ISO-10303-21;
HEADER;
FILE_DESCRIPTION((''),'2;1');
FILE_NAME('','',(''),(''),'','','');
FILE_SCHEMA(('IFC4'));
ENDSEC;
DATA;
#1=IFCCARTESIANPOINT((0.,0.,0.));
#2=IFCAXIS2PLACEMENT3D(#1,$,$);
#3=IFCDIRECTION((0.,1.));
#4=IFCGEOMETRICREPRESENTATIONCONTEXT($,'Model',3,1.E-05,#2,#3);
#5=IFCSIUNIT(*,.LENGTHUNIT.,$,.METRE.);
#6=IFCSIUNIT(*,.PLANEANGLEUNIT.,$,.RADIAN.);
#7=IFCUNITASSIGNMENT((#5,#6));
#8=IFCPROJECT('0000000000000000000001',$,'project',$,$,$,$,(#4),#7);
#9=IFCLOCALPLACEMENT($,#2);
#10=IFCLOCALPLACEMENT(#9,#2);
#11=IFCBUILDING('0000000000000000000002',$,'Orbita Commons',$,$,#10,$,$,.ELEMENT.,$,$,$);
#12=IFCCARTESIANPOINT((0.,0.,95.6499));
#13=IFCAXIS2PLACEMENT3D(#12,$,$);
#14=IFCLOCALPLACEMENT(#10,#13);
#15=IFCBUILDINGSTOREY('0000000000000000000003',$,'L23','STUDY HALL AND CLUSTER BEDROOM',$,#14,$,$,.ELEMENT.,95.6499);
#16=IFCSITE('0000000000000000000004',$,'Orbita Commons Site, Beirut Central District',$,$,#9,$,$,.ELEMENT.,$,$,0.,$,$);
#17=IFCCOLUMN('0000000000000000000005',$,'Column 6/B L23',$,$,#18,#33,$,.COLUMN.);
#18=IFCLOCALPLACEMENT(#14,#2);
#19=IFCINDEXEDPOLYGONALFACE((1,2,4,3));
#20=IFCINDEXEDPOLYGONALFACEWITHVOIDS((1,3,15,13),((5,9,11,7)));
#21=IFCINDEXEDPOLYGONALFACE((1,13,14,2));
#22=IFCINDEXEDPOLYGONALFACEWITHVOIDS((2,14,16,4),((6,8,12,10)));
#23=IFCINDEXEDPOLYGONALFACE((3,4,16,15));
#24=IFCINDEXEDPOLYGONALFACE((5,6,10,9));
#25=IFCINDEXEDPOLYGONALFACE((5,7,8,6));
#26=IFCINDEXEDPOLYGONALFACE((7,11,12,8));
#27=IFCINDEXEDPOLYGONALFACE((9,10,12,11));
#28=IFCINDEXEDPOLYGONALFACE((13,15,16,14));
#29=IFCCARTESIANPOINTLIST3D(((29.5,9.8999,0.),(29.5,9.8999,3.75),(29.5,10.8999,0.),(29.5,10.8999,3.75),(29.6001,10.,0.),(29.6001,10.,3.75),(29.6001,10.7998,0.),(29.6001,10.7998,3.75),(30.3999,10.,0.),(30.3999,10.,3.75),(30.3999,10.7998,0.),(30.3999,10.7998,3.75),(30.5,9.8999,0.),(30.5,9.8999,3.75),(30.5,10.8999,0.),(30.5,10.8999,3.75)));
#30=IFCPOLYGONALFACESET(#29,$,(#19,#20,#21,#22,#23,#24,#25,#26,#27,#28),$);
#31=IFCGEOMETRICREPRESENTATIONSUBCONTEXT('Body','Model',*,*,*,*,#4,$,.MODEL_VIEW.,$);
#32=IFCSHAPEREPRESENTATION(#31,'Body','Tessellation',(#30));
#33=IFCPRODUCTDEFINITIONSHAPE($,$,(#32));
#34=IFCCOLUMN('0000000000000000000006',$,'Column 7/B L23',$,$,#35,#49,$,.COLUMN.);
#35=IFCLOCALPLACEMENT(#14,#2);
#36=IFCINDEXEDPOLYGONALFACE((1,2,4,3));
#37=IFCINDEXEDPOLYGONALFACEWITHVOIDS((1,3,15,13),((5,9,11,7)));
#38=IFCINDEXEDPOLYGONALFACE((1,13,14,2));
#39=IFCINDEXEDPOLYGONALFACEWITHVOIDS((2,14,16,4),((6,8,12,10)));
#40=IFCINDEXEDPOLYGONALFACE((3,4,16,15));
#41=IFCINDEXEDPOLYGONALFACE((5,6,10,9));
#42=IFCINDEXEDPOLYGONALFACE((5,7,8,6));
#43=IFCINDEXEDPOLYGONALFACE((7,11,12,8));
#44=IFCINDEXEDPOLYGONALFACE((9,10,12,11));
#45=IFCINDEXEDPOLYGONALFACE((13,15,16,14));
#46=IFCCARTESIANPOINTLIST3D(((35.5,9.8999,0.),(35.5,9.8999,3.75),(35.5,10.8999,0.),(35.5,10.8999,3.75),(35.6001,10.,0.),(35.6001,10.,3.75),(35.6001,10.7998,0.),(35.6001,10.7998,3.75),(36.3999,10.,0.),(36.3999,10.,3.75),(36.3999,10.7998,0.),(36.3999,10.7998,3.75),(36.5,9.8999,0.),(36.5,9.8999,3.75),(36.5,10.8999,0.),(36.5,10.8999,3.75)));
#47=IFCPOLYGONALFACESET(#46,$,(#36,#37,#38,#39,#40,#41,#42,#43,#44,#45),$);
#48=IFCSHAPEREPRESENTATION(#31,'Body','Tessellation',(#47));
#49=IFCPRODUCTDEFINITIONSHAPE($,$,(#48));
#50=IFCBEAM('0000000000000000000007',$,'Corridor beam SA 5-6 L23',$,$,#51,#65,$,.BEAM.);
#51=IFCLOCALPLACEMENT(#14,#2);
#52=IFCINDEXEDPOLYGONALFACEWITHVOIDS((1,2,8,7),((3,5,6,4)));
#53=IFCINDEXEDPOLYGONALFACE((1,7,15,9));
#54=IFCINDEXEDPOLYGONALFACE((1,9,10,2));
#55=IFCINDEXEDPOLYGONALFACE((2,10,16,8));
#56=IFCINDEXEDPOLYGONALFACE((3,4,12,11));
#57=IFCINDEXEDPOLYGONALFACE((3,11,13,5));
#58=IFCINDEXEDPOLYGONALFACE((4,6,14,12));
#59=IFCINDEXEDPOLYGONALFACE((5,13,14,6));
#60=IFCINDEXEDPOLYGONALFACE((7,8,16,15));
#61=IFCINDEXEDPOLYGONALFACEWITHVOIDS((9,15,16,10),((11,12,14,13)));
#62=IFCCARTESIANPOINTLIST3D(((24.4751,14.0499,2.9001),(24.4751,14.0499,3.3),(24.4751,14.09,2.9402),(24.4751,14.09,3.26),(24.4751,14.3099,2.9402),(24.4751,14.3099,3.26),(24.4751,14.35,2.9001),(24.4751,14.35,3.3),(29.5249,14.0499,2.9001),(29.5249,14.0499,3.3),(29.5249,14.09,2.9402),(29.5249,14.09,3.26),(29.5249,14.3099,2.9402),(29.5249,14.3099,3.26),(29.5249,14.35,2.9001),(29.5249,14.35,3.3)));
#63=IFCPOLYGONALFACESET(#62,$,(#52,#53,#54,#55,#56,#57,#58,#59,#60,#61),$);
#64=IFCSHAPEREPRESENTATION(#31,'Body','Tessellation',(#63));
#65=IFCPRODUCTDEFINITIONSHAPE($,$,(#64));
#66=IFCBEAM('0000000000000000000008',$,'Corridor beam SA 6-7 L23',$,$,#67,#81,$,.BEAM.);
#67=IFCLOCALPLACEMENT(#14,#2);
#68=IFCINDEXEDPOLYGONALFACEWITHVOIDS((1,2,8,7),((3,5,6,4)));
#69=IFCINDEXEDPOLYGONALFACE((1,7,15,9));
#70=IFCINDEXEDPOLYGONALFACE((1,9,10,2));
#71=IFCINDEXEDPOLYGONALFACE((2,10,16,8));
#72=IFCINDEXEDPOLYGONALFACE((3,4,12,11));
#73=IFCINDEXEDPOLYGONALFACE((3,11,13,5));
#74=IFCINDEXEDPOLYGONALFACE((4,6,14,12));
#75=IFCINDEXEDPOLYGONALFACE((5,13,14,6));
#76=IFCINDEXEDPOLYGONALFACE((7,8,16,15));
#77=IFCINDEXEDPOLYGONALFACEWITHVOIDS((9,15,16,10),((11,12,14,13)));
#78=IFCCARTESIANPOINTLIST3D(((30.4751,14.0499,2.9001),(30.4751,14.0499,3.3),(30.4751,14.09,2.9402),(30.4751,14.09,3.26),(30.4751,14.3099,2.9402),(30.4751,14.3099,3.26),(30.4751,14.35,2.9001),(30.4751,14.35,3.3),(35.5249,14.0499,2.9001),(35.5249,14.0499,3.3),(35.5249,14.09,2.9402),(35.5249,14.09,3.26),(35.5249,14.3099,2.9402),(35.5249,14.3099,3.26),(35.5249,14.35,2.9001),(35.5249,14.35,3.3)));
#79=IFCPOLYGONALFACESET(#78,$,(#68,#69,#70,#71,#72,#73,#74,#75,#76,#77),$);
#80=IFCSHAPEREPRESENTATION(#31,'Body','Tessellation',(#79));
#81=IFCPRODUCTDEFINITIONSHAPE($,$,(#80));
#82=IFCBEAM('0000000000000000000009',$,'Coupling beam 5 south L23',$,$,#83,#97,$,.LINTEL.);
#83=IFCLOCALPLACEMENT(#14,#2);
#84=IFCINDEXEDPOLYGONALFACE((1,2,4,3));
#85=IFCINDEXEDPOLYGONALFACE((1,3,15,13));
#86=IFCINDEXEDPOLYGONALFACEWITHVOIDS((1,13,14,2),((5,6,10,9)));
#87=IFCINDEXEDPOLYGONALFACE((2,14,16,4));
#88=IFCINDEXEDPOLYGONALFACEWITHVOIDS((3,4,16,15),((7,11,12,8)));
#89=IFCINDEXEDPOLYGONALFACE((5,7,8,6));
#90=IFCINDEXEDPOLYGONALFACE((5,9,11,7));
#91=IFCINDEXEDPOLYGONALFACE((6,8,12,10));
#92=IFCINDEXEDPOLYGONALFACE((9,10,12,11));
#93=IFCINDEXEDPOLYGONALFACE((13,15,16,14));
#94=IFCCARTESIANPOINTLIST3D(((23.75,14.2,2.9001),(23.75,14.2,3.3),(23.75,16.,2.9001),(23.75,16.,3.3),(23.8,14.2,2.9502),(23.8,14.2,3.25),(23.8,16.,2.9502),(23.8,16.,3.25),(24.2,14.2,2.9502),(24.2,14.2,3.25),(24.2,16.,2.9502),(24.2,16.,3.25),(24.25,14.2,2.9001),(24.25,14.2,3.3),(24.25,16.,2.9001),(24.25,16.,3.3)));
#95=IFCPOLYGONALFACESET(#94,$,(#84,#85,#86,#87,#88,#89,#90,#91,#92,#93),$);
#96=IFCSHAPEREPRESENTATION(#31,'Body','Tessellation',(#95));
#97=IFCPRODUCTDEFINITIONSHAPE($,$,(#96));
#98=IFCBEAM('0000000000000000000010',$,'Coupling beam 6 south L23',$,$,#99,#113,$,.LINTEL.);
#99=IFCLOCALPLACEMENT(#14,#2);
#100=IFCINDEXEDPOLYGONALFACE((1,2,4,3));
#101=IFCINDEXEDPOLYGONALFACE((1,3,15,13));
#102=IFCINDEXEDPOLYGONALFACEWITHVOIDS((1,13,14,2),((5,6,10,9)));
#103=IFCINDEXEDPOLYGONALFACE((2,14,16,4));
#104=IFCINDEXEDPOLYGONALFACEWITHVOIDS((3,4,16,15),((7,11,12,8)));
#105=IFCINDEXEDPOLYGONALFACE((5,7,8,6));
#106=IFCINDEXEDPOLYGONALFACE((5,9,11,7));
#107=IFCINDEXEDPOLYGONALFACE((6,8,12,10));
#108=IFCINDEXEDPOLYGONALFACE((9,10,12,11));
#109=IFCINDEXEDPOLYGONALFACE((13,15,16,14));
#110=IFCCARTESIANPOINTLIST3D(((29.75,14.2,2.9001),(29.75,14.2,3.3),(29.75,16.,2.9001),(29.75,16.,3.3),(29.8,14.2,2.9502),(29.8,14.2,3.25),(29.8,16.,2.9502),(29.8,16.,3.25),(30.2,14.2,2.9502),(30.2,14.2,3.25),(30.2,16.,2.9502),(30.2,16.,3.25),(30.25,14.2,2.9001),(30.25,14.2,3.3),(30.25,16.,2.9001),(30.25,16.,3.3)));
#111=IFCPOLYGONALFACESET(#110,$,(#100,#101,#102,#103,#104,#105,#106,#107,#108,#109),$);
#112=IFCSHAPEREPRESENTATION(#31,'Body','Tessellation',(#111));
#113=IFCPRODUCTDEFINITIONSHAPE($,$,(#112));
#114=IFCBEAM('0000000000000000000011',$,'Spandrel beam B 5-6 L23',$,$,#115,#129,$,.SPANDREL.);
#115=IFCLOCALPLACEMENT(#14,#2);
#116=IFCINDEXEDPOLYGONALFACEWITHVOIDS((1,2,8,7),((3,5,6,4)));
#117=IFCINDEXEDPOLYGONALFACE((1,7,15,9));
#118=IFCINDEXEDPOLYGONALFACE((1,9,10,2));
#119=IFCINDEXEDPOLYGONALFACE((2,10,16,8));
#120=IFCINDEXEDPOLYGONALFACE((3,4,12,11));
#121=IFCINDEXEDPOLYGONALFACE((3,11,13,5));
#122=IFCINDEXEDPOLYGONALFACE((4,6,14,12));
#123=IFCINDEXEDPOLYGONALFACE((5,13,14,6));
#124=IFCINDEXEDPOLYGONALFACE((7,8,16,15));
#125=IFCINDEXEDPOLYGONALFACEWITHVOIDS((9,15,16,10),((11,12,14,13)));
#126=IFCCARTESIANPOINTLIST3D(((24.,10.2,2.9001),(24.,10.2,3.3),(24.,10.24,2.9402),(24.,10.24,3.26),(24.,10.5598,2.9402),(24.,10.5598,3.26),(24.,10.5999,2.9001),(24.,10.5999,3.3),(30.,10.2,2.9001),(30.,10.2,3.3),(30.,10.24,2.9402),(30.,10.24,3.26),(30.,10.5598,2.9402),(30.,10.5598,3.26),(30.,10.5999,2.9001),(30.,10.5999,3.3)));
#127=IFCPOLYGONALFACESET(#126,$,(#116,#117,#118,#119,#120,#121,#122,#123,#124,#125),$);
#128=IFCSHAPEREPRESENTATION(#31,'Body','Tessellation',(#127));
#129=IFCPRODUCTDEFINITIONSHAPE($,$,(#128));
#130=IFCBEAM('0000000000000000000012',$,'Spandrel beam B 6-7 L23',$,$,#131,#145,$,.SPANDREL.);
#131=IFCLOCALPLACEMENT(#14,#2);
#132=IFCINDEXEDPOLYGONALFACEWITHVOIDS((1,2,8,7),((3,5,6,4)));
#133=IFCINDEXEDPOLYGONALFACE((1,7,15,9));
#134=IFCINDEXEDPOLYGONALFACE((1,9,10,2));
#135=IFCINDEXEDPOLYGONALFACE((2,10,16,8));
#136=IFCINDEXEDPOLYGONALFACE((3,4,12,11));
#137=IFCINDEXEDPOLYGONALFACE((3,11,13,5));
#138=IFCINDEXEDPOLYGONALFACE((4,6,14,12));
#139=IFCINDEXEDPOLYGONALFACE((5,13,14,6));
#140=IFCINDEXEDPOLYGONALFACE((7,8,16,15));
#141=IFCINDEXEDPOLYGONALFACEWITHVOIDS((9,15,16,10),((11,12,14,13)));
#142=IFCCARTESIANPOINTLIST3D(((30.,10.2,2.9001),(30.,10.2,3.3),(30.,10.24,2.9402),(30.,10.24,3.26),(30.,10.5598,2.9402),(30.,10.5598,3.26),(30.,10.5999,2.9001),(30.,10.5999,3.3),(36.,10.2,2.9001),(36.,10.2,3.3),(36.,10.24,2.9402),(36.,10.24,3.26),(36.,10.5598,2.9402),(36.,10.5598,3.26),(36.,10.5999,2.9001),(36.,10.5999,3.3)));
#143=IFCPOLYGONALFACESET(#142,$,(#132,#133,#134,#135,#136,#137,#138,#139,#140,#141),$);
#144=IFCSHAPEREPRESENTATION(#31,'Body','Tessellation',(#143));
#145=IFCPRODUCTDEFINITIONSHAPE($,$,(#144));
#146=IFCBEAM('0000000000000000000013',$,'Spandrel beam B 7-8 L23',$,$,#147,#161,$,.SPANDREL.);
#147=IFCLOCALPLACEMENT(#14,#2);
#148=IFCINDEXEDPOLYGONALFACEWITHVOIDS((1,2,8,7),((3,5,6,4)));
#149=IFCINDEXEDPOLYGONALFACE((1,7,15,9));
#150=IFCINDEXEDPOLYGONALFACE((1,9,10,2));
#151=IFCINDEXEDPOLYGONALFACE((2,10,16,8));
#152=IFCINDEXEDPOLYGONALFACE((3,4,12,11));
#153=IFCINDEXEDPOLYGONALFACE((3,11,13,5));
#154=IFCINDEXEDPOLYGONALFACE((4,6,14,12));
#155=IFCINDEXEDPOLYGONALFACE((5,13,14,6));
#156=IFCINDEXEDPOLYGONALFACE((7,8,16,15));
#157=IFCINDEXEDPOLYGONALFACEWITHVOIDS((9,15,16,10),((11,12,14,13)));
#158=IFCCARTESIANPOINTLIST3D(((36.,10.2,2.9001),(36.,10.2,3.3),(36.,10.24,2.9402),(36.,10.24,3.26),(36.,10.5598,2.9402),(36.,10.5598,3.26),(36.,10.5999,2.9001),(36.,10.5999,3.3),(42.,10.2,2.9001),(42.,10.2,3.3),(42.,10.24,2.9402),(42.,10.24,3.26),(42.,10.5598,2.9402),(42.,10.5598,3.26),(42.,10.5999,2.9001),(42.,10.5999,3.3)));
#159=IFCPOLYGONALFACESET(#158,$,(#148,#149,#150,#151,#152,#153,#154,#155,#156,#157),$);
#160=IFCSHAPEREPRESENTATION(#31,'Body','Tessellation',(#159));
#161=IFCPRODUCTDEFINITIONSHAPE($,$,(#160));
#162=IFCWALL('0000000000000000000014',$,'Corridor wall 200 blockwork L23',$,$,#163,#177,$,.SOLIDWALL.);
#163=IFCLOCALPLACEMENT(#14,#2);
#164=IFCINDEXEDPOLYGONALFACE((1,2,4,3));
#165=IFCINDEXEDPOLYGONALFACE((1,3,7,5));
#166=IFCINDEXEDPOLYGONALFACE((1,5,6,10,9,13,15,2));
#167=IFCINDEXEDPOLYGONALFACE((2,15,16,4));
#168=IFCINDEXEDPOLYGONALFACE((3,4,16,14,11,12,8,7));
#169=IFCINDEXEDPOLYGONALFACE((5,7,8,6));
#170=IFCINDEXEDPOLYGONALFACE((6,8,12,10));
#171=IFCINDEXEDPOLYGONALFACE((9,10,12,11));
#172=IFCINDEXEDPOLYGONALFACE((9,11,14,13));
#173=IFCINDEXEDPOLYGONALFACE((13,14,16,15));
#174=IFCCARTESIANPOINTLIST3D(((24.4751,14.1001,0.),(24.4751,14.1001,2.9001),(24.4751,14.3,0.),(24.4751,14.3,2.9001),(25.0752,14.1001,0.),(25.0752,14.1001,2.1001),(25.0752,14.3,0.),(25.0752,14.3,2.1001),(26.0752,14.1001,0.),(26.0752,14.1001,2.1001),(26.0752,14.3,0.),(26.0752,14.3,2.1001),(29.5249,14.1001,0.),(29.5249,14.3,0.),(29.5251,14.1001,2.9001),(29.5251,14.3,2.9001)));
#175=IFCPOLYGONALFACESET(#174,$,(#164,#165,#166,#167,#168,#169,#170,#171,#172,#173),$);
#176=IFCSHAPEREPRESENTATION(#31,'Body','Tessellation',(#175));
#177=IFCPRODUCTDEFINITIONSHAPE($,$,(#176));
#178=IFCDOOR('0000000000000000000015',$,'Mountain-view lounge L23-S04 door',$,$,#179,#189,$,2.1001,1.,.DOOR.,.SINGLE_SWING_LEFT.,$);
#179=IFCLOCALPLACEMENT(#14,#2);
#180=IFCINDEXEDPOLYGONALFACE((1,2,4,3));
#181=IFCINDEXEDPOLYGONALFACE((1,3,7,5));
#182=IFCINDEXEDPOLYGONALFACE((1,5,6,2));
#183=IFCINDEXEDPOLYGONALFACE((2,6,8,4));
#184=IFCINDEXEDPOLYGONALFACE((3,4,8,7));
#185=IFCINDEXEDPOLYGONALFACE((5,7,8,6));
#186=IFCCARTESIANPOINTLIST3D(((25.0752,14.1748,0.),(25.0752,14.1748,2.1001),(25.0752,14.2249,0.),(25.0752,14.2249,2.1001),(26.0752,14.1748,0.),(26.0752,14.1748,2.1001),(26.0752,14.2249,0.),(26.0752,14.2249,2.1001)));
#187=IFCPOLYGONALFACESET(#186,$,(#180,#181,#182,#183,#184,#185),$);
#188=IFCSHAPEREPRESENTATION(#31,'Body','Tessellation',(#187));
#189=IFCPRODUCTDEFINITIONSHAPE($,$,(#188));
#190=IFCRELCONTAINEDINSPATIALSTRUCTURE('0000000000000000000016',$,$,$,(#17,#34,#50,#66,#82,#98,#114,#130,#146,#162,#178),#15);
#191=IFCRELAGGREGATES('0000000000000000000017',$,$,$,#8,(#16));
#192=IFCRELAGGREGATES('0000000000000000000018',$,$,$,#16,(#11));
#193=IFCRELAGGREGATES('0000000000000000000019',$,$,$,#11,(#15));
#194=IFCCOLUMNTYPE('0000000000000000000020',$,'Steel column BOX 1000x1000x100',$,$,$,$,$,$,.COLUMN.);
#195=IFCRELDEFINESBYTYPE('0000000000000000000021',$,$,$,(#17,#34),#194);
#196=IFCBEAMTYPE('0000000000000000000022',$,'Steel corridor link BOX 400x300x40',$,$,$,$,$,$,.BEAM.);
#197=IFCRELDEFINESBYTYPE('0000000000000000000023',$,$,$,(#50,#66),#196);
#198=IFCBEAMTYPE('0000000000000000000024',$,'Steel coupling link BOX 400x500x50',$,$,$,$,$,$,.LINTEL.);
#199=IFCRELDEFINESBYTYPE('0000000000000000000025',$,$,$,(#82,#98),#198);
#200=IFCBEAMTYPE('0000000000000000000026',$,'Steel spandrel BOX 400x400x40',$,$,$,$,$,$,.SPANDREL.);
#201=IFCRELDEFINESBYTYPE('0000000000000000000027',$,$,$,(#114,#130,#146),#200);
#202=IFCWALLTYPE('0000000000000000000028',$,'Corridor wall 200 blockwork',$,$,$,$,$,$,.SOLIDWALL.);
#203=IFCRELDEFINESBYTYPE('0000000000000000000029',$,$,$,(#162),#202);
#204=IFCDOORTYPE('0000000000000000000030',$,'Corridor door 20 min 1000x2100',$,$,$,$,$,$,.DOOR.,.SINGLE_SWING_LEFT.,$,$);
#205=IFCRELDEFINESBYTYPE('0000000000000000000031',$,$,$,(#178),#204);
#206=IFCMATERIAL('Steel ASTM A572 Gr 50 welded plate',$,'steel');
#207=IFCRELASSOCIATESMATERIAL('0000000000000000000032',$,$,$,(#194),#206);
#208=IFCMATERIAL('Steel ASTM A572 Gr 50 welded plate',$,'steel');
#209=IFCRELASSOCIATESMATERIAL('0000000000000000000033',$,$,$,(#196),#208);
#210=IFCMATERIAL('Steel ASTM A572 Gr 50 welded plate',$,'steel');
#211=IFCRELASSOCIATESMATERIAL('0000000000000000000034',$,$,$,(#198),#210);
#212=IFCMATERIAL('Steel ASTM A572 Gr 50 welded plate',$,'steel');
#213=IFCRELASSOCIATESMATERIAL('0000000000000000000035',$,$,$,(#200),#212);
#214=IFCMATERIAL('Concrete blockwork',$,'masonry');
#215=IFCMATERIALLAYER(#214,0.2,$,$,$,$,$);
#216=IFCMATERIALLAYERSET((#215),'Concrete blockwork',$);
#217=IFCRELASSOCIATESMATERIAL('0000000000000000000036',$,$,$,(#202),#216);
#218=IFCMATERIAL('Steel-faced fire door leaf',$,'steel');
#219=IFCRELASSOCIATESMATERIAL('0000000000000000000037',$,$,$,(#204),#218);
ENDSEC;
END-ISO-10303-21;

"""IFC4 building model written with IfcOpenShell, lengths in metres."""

from ifc_helpers import new_model, si_unit, direction, frame, frame_2d, origin, origin_2d, place, context, subcontext, project, spatial, polyline, rectangle, hollow_rectangle, outline, extrude, material, layer, layer_set, material_profile, profile_set, type_object, element, fill, save


model = new_model("IFC4")

# Units and contexts
model_context = context("Model", 3, precision=1e-05, world=origin(), true_north=direction((0.0, 1.0)))
body_context = subcontext(model_context, "Body", "Model", "MODEL_VIEW")
ifc_project = project(units=[si_unit("LENGTHUNIT", "METRE"), si_unit("PLANEANGLEUNIT", "RADIAN")], contexts=[model_context])

# Site, building, storey
site_placement = place(None, origin())
site = spatial("IfcSite", under=ifc_project, at=site_placement, Name="Orbita Commons Site, Beirut Central District", CompositionType="ELEMENT", RefElevation=0.0)
building_placement = place(site_placement, origin())
building = spatial("IfcBuilding", under=site, at=building_placement, Name="Orbita Commons", CompositionType="ELEMENT")
storey_placement = place(building_placement, frame((0.0, 0.0, 95.6499)))
storey = spatial("IfcBuildingStorey", under=building, at=storey_placement, Name="L23", Description="STUDY HALL AND CLUSTER BEDROOM", CompositionType="ELEMENT", Elevation=95.6499)

# Columns
ifc_material_1 = material(Name="Steel ASTM A572 Gr 50 welded plate", Category="steel")
ifc_material_profile_1 = material_profile(ifc_material_1, hollow_rectangle(XDim=1.0, YDim=1.0, WallThickness=0.1001, at=origin_2d()), Name="BOX 1000x1000x100")
ifc_profile_set_1 = profile_set([ifc_material_profile_1], Name="Steel ASTM A572 Gr 50 welded plate")
column_type = type_object("IfcColumnType", Name="Steel column BOX 1000x1000x100", PredefinedType="COLUMN", material=ifc_profile_set_1)
for number, where, z_axis, x_axis, name in (
    (1, (30.0, 10.3999, 0.0), (0.0, 0.0, 1.0), (1.0, 0.0, 0.0), "Column 6/B L23"),
    (2, (36.0, 10.3999, 0.0), (0.0, 0.0, 1.0), (1.0, 0.0, 0.0), "Column 7/B L23"),
):
    element("IfcColumn", number, at=place(storey_placement, frame(where, z_axis=z_axis, x_axis=x_axis)), inside=storey, type_object=column_type, Name=name, PredefinedType="COLUMN", context=body_context, shape_type="SweptSolid", body=[
        extrude(hollow_rectangle(XDim=1.0, YDim=1.0, WallThickness=0.1001, at=origin_2d()), origin(), (0.0, 0.0, 1.0), 3.75),
    ])

# Beams
ifc_material_2 = material(Name="Steel ASTM A572 Gr 50 welded plate", Category="steel")
ifc_material_profile_2 = material_profile(ifc_material_2, hollow_rectangle(XDim=0.3, YDim=0.3999, WallThickness=0.04, at=origin_2d()), Name="BOX 400x300x40")
ifc_profile_set_2 = profile_set([ifc_material_profile_2], Name="Steel ASTM A572 Gr 50 welded plate")
beam_type_1 = type_object("IfcBeamType", Name="Steel corridor link BOX 400x300x40", PredefinedType="BEAM", material=ifc_profile_set_2)
for number, where, z_axis, x_axis, name in (
    (3, (24.4751, 14.2, 3.1001), (1.0, 0.0, 0.0), (0.0, 1.0, 0.0), "Corridor beam SA 5-6 L23"),
    (4, (30.4751, 14.2, 3.1001), (1.0, 0.0, 0.0), (0.0, 1.0, 0.0), "Corridor beam SA 6-7 L23"),
):
    element("IfcBeam", number, at=place(storey_placement, frame(where, z_axis=z_axis, x_axis=x_axis)), inside=storey, type_object=beam_type_1, Name=name, PredefinedType="BEAM", context=body_context, shape_type="SweptSolid", body=[
        extrude(hollow_rectangle(XDim=0.3, YDim=0.3999, WallThickness=0.04, at=origin_2d()), origin(), (0.0, 0.0, 1.0), 5.0498),
    ])
ifc_material_3 = material(Name="Steel ASTM A572 Gr 50 welded plate", Category="steel")
ifc_material_profile_3 = material_profile(ifc_material_3, hollow_rectangle(XDim=0.5, YDim=0.3999, WallThickness=0.05, at=origin_2d()), Name="BOX 400x500x50")
ifc_profile_set_3 = profile_set([ifc_material_profile_3], Name="Steel ASTM A572 Gr 50 welded plate")
beam_type_2 = type_object("IfcBeamType", Name="Steel coupling link BOX 400x500x50", PredefinedType="LINTEL", material=ifc_profile_set_3)
for number, where, z_axis, x_axis, name in (
    (5, (24.0, 14.2, 3.1001), (0.0, 1.0, 0.0), (-1.0, 0.0, 0.0), "Coupling beam 5 south L23"),
    (6, (30.0, 14.2, 3.1001), (0.0, 1.0, 0.0), (-1.0, 0.0, 0.0), "Coupling beam 6 south L23"),
):
    element("IfcBeam", number, at=place(storey_placement, frame(where, z_axis=z_axis, x_axis=x_axis)), inside=storey, type_object=beam_type_2, Name=name, PredefinedType="LINTEL", context=body_context, shape_type="SweptSolid", body=[
        extrude(hollow_rectangle(XDim=0.5, YDim=0.3999, WallThickness=0.05, at=origin_2d()), origin(), (0.0, 0.0, 1.0), 1.8),
    ])
ifc_material_4 = material(Name="Steel ASTM A572 Gr 50 welded plate", Category="steel")
ifc_material_profile_4 = material_profile(ifc_material_4, hollow_rectangle(XDim=0.3999, YDim=0.3999, WallThickness=0.04, at=origin_2d()), Name="BOX 400x400x40")
ifc_profile_set_4 = profile_set([ifc_material_profile_4], Name="Steel ASTM A572 Gr 50 welded plate")
beam_type_3 = type_object("IfcBeamType", Name="Steel spandrel BOX 400x400x40", PredefinedType="SPANDREL", material=ifc_profile_set_4)
for number, where, z_axis, x_axis, name in (
    (7, (24.0, 10.3999, 3.1001), (1.0, 0.0, 0.0), (0.0, 1.0, 0.0), "Spandrel beam B 5-6 L23"),
    (8, (30.0, 10.3999, 3.1001), (1.0, 0.0, 0.0), (0.0, 1.0, 0.0), "Spandrel beam B 6-7 L23"),
    (9, (36.0, 10.3999, 3.1001), (1.0, 0.0, 0.0), (0.0, 1.0, 0.0), "Spandrel beam B 7-8 L23"),
):
    element("IfcBeam", number, at=place(storey_placement, frame(where, z_axis=z_axis, x_axis=x_axis)), inside=storey, type_object=beam_type_3, Name=name, PredefinedType="SPANDREL", context=body_context, shape_type="SweptSolid", body=[
        extrude(hollow_rectangle(XDim=0.3999, YDim=0.3999, WallThickness=0.04, at=origin_2d()), origin(), (0.0, 0.0, 1.0), 6.0),
    ])

# Wall, opening, door
ifc_material_5 = material(Name="Concrete blockwork", Category="masonry")
ifc_layer_1 = layer(ifc_material_5, 0.2)
ifc_layer_set_1 = layer_set([ifc_layer_1], Name="Concrete blockwork")
wall_type_1 = type_object("IfcWallType", Name="Corridor wall 200 blockwork", PredefinedType="SOLIDWALL", material=ifc_layer_set_1)
wall_1_placement = place(storey_placement, frame((24.4751, 14.2, 0.0), z_axis=(0.0, 0.0, 1.0), x_axis=(1.0, 0.0, 0.0)))
wall_1 = element("IfcWall", 10, at=wall_1_placement, inside=storey, type_object=wall_type_1, Name="Corridor wall 200 blockwork L23", PredefinedType="SOLIDWALL", context=body_context, shape_type="SweptSolid", body=[
    extrude(outline(polyline([(0.0, 0.0), (5.0498, 0.0), (5.05, 2.9001), (0.0, 2.9001), (0.0, 0.0)])), frame((0.0, 0.1001, 0.0), z_axis=(0.0, -1.0, 0.0), x_axis=(1.0, 0.0, 0.0)), (0.0, 0.0, 1.0), 0.2),
])
opening_1_placement = place(wall_1_placement, frame((0.6001, 0.0, 0.0)))
opening_1 = element("IfcOpeningElement", 11, at=opening_1_placement, cuts=wall_1, PredefinedType="OPENING", context=body_context, shape_type="SweptSolid", body=[
    extrude(rectangle(XDim=1.0, YDim=2.1001, at=frame_2d((0.5, 1.05))), frame((0.0, 0.1099, 0.0), z_axis=(0.0, -1.0, 0.0), x_axis=(1.0, 0.0, 0.0)), (0.0, 0.0, 1.0), 0.22),
])
ifc_material_6 = material(Name="Steel-faced fire door leaf", Category="steel")
door_type_1 = type_object("IfcDoorType", Name="Corridor door 20 min 1000x2100", OperationType="SINGLE_SWING_LEFT", PredefinedType="DOOR", material=ifc_material_6)
door_1_placement = place(opening_1_placement, origin())
door_1 = element("IfcDoor", 12, at=door_1_placement, inside=storey, type_object=door_type_1, Name="Mountain-view lounge L23-S04 door", OperationType="SINGLE_SWING_LEFT", OverallHeight=2.1001, OverallWidth=1.0, PredefinedType="DOOR", context=body_context, shape_type="SweptSolid", body=[
    extrude(rectangle(XDim=1.0, YDim=2.1001, at=frame_2d((0.5, 1.05))), frame((0.0, 0.0249, 0.0), z_axis=(0.0, -1.0, 0.0), x_axis=(1.0, 0.0, 0.0)), (0.0, 0.0, 1.0), 0.05),
])
fill(opening_1, door_1)

save(model, "model.ifc")
